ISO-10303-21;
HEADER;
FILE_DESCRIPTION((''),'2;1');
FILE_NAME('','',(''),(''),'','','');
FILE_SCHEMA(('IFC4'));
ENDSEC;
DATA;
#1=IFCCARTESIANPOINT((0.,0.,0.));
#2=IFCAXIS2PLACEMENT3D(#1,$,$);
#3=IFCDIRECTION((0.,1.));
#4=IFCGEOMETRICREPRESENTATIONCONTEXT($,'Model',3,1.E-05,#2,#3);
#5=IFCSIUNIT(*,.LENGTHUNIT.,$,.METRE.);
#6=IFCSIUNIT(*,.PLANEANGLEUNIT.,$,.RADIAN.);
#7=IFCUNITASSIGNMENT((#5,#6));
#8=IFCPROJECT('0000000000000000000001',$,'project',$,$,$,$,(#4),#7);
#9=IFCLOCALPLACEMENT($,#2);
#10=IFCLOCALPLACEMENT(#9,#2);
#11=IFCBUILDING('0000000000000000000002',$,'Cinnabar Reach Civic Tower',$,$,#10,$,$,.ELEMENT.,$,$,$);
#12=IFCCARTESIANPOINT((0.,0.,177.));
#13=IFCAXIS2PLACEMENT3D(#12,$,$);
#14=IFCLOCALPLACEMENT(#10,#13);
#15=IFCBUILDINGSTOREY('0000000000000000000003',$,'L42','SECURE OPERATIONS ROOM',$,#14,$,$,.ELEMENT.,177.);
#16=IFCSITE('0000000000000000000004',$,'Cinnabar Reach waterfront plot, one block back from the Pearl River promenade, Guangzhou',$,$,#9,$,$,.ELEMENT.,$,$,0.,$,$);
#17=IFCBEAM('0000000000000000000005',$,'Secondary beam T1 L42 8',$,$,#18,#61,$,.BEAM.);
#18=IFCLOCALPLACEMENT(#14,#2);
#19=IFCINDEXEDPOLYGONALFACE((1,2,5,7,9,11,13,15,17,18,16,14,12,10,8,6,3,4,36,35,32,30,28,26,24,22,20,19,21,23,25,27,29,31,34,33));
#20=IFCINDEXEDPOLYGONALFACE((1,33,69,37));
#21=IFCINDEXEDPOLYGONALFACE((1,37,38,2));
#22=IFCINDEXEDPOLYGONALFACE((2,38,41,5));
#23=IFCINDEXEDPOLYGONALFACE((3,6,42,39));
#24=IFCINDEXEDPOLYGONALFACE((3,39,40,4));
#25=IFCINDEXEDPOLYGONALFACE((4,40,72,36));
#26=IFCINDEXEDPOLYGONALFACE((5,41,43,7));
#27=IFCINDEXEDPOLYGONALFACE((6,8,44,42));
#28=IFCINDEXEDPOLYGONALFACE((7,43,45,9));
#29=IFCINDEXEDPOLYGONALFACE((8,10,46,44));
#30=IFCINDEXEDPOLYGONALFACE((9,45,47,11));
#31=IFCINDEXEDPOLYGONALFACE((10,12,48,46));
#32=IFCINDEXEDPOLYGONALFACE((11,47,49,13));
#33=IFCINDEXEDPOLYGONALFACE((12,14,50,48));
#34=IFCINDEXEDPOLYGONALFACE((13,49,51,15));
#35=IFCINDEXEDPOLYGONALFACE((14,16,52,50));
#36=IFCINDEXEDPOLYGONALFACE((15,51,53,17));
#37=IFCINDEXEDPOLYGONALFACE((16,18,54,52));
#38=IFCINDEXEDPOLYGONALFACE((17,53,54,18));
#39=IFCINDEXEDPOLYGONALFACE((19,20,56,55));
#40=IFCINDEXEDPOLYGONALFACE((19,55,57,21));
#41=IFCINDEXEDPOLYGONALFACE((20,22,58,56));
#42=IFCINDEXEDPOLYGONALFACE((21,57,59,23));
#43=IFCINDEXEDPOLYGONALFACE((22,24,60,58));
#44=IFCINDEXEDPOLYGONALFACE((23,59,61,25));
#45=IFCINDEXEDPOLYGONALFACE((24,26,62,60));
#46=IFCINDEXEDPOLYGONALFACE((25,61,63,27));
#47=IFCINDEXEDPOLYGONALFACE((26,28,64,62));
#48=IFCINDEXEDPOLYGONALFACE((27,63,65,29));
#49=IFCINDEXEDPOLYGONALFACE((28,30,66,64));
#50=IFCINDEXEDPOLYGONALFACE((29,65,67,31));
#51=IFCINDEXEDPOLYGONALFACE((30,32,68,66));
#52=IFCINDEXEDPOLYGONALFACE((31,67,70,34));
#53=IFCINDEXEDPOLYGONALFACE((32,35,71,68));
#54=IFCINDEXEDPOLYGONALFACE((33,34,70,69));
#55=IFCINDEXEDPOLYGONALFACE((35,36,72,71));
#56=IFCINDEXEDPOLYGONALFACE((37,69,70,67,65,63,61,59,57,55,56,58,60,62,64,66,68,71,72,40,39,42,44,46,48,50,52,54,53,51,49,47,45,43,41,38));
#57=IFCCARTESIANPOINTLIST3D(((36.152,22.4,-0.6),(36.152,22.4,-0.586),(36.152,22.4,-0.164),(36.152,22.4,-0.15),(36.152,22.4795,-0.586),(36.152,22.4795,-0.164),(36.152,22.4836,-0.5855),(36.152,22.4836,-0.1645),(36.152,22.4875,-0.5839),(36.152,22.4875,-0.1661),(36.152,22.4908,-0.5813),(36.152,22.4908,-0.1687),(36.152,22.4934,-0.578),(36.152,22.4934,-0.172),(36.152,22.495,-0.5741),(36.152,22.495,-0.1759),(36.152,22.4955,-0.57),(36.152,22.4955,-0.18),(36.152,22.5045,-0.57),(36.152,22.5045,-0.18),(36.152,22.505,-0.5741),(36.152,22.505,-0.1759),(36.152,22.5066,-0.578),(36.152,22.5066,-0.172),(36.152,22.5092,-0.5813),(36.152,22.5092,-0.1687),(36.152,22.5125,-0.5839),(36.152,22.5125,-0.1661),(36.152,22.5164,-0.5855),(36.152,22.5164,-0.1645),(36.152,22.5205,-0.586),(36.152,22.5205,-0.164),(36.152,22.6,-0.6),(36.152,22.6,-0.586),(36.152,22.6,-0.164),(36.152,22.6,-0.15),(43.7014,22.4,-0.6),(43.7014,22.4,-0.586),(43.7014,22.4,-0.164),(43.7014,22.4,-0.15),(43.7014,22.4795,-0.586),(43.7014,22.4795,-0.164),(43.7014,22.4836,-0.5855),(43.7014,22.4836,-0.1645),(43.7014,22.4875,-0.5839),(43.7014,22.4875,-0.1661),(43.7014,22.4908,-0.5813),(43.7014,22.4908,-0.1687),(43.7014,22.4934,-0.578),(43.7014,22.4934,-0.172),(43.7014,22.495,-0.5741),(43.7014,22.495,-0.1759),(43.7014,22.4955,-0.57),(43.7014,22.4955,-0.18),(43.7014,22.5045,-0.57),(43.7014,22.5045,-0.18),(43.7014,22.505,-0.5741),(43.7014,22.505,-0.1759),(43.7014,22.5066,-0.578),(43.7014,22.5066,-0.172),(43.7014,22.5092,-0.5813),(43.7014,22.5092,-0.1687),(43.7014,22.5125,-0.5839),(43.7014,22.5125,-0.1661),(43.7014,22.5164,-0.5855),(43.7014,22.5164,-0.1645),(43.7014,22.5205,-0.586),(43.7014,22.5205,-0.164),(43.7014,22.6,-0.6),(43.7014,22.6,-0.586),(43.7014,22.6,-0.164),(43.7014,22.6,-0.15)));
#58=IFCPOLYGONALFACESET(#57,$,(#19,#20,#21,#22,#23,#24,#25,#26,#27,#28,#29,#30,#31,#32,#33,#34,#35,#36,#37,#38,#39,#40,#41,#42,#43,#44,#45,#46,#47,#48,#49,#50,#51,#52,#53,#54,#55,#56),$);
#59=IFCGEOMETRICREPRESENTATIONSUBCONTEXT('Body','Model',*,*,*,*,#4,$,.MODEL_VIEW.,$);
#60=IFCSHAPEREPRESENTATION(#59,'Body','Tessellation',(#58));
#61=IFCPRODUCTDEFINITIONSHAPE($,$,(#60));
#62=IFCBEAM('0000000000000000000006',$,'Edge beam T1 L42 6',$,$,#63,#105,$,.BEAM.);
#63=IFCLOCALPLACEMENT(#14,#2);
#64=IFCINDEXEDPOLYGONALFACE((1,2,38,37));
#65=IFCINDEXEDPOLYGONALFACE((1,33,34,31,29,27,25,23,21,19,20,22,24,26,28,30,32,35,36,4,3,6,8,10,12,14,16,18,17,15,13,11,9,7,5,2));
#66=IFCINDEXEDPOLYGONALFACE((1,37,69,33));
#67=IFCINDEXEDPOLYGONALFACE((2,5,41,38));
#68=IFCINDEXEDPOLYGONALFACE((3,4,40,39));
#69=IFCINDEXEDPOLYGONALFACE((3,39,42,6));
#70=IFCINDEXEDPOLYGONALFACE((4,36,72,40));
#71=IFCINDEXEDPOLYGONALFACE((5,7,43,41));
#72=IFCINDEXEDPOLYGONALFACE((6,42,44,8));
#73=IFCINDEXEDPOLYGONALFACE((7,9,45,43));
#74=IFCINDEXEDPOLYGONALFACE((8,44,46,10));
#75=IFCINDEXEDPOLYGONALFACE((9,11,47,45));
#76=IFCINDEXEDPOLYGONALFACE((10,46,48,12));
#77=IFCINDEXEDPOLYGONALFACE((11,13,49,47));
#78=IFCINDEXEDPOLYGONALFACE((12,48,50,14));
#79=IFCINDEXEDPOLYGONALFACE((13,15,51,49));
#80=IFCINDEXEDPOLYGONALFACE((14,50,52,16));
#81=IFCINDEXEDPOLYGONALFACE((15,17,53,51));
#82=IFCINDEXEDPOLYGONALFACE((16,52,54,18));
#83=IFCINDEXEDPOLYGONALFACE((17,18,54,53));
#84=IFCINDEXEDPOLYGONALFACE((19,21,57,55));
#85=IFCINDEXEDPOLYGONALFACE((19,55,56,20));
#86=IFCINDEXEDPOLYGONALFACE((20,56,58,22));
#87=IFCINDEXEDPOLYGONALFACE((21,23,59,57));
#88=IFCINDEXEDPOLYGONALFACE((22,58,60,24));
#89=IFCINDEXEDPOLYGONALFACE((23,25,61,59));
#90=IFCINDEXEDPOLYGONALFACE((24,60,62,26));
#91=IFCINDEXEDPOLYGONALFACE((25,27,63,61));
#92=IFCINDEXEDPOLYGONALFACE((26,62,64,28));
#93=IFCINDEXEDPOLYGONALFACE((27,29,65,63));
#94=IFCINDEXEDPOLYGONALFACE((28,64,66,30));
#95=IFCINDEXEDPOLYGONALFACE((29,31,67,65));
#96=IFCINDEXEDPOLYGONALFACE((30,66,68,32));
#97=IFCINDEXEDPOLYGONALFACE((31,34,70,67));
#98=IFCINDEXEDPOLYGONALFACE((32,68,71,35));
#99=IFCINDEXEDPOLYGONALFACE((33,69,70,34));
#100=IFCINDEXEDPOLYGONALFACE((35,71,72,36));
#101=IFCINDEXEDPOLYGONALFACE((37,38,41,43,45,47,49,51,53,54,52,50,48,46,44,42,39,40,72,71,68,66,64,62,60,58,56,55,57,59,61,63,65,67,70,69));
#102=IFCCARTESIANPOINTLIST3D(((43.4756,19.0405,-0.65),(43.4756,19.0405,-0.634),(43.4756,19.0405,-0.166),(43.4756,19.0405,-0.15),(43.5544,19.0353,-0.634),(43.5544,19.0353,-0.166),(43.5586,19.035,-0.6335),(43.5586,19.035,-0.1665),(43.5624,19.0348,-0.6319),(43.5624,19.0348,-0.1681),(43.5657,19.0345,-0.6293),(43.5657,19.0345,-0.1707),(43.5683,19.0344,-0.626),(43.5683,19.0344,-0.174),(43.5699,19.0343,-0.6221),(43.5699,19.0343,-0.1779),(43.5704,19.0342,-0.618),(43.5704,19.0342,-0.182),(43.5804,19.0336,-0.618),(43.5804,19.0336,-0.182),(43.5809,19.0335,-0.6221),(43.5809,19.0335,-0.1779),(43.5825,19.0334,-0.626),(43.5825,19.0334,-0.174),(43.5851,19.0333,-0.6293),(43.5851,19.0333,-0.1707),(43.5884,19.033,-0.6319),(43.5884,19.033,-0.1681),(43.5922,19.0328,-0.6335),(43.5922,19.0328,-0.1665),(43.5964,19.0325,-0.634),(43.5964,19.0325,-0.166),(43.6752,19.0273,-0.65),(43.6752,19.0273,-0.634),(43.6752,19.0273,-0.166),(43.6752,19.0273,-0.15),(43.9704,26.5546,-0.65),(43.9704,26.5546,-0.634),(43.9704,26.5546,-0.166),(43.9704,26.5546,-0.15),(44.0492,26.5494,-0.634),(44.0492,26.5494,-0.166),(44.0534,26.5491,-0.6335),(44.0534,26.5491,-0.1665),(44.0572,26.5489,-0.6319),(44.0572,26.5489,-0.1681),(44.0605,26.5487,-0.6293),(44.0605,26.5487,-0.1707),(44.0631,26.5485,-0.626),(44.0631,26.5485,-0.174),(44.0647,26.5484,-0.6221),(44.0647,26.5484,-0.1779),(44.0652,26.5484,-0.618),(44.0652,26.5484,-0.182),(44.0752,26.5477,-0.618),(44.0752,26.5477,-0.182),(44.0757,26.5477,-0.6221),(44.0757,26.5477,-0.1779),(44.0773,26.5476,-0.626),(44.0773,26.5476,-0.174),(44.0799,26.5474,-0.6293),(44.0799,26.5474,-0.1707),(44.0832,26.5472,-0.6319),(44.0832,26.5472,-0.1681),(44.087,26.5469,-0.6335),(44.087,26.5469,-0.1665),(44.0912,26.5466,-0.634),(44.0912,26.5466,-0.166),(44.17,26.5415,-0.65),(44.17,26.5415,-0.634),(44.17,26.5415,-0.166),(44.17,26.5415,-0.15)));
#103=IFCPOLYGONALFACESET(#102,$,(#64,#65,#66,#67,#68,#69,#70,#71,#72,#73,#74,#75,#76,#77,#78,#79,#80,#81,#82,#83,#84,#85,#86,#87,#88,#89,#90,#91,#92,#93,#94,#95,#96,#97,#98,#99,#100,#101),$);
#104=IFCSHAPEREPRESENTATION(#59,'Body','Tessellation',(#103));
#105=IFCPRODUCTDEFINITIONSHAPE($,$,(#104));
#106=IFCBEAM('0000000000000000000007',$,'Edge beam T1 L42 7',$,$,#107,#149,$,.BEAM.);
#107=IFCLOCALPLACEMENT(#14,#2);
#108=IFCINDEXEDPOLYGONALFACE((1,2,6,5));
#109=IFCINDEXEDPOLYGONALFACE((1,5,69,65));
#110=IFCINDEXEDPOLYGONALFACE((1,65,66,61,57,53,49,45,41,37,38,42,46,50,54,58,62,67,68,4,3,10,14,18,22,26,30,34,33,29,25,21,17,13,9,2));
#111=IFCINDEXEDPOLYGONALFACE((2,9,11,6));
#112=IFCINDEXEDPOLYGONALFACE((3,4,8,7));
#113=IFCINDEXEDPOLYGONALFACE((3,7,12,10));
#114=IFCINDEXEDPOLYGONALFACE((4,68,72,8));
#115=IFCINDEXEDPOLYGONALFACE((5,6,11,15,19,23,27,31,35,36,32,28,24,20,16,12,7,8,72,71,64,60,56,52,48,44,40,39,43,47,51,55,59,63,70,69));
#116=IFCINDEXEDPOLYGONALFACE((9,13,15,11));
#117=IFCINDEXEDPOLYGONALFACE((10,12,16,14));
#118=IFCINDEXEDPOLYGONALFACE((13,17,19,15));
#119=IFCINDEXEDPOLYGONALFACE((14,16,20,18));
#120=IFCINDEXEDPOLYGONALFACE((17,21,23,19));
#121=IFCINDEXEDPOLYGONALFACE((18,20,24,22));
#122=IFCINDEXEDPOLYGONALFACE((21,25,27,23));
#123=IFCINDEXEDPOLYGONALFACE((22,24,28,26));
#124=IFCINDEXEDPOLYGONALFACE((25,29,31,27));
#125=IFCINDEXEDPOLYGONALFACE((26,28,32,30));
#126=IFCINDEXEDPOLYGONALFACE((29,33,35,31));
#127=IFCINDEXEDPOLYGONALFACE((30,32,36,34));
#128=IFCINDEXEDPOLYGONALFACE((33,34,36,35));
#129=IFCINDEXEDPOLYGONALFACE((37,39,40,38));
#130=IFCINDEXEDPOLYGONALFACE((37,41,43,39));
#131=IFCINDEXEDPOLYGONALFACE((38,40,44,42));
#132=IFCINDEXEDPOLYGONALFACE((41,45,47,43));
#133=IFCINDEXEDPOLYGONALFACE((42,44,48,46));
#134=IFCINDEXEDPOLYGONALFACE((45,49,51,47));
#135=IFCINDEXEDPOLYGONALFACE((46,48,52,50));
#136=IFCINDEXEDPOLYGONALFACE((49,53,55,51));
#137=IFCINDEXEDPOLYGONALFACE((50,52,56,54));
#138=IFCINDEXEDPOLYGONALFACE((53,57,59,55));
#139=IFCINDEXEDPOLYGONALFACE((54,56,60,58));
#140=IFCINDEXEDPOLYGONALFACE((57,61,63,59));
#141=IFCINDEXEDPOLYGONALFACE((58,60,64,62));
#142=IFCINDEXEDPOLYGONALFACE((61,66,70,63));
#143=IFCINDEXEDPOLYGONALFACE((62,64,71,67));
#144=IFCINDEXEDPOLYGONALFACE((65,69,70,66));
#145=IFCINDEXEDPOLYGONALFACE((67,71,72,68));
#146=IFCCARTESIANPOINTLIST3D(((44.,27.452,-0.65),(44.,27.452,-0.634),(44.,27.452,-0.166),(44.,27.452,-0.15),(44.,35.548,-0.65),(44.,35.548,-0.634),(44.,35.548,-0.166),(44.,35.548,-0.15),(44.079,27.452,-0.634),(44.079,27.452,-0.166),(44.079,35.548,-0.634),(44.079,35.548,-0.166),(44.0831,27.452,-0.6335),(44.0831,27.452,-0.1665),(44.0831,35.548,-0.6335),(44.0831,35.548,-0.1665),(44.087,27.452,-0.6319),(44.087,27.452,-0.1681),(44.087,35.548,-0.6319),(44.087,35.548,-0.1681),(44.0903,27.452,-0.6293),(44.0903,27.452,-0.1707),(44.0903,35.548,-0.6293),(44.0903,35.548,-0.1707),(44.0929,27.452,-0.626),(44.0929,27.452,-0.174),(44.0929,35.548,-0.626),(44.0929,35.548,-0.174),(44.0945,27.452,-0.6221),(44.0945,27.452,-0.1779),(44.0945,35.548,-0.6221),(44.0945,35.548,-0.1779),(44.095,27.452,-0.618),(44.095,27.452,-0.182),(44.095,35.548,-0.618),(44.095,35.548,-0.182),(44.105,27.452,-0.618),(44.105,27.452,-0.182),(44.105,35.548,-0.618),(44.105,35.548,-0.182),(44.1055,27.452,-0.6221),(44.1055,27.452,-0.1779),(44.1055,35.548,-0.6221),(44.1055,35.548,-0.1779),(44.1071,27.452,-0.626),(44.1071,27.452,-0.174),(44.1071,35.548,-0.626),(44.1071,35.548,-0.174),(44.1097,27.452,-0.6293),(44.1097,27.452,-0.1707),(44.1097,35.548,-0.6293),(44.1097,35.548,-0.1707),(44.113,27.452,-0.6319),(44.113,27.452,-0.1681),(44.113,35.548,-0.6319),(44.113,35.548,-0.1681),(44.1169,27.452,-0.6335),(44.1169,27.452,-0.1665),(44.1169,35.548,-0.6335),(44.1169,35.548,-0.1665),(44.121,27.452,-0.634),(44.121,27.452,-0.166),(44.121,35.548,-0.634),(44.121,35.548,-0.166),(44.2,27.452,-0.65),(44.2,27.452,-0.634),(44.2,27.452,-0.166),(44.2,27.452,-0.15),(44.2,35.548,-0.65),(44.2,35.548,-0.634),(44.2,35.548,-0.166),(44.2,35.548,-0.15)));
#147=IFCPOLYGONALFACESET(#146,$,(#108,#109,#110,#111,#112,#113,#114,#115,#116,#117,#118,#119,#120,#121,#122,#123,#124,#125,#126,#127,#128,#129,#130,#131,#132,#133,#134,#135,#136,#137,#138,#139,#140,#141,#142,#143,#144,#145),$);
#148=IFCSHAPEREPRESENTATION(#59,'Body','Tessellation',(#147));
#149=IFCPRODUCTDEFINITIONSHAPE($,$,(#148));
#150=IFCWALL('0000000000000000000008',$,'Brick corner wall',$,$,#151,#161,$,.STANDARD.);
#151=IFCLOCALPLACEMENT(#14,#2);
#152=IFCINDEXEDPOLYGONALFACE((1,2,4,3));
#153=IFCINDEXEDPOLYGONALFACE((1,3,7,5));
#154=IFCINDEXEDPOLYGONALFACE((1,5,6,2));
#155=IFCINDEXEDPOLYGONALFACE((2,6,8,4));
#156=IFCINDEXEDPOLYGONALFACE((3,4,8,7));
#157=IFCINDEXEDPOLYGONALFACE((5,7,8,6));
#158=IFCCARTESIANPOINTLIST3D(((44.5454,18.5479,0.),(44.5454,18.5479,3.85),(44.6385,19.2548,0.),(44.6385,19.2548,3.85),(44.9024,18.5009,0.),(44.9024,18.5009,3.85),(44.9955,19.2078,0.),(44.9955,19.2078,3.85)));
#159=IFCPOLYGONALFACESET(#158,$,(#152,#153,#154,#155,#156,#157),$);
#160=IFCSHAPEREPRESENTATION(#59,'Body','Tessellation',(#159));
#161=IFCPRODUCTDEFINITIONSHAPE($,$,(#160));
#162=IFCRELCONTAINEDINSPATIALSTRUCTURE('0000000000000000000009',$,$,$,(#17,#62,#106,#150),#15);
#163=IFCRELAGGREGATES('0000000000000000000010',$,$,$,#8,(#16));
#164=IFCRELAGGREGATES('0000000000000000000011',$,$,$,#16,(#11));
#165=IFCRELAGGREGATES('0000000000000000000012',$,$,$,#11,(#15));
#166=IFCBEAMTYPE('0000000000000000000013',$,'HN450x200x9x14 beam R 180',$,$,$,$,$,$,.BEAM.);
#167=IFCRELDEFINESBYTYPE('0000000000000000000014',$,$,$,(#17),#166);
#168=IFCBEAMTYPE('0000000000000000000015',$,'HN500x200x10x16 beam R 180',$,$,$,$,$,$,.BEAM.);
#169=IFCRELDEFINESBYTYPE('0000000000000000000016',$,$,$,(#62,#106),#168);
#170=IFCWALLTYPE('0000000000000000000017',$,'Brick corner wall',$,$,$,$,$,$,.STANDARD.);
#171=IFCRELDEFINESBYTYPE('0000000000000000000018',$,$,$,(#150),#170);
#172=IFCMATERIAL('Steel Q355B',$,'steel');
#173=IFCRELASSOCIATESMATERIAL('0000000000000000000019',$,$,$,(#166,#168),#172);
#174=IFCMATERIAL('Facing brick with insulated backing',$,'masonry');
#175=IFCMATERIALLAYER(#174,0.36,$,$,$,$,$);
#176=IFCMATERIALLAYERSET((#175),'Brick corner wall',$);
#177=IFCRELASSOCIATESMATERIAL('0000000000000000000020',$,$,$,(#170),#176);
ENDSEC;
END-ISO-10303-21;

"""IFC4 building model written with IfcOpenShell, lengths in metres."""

from ifc_helpers import new_model, si_unit, direction, frame, frame_2d, origin, origin_2d, place, context, subcontext, project, spatial, rectangle, i_section, extrude, material, layer, layer_set, material_profile, profile_set, type_object, element, save


model = new_model("IFC4")

# Units and contexts
model_context = context("Model", 3, precision=1e-05, world=origin(), true_north=direction((0.0, 1.0)))
body_context = subcontext(model_context, "Body", "Model", "MODEL_VIEW")
ifc_project = project(units=[si_unit("LENGTHUNIT", "METRE"), si_unit("PLANEANGLEUNIT", "RADIAN")], contexts=[model_context])

# Site, building, storey
site_placement = place(None, origin())
site = spatial("IfcSite", under=ifc_project, at=site_placement, Name="Cinnabar Reach waterfront plot, one block back from the Pearl River promenade, Guangzhou", CompositionType="ELEMENT", RefElevation=0.0)
building_placement = place(site_placement, origin())
building = spatial("IfcBuilding", under=site, at=building_placement, Name="Cinnabar Reach Civic Tower", CompositionType="ELEMENT")
storey_placement = place(building_placement, frame((0.0, 0.0, 177.0)))
storey = spatial("IfcBuildingStorey", under=building, at=storey_placement, Name="L42", Description="SECURE OPERATIONS ROOM", CompositionType="ELEMENT", Elevation=177.0)

# Beams
ifc_material_1 = material(Name="Steel Q355B", Category="steel")
ifc_material_profile_1 = material_profile(ifc_material_1, i_section(OverallWidth=0.2, OverallDepth=0.45, WebThickness=0.009, FlangeThickness=0.014, FilletRadius=0.016, at=origin_2d()), Name="HN450x200x9x14")
ifc_profile_set_1 = profile_set([ifc_material_profile_1], Name="Steel Q355B")
beam_type_1 = type_object("IfcBeamType", Name="HN450x200x9x14 beam R 180", PredefinedType="BEAM", material=ifc_profile_set_1)
beam_1_placement = place(storey_placement, frame((36.152, 22.5, -0.375), z_axis=(1.0, 0.0, 0.0), x_axis=(0.0, 1.0, 0.0)))
element("IfcBeam", 1, at=beam_1_placement, inside=storey, type_object=beam_type_1, Name="Secondary beam T1 L42 8", PredefinedType="BEAM", context=body_context, shape_type="SweptSolid", body=[
    extrude(i_section(OverallWidth=0.2, OverallDepth=0.45, WebThickness=0.009, FlangeThickness=0.014, FilletRadius=0.016, at=origin_2d()), origin(), (0.0, 0.0, 1.0), 7.5494),
])
ifc_material_profile_2 = material_profile(ifc_material_1, i_section(OverallWidth=0.2, OverallDepth=0.5, WebThickness=0.01, FlangeThickness=0.016, FilletRadius=0.016, at=origin_2d()), Name="HN500x200x10x16")
ifc_profile_set_2 = profile_set([ifc_material_profile_2], Name="Steel Q355B")
beam_type_2 = type_object("IfcBeamType", Name="HN500x200x10x16 beam R 180", PredefinedType="BEAM", material=ifc_profile_set_2)
beam_2_placement = place(storey_placement, frame((43.5754, 19.0339, -0.4), z_axis=(0.065707, 0.997839, 0.0), x_axis=(-0.997839, 0.065707, 0.0)))
element("IfcBeam", 2, at=beam_2_placement, inside=storey, type_object=beam_type_2, Name="Edge beam T1 L42 6", PredefinedType="BEAM", context=body_context, shape_type="SweptSolid", body=[
    extrude(i_section(OverallWidth=0.2, OverallDepth=0.5, WebThickness=0.01, FlangeThickness=0.016, FilletRadius=0.016, at=origin_2d()), origin(), (0.0, 0.0, 1.0), 7.5304),
])
beam_3_placement = place(storey_placement, frame((44.1, 27.452, -0.4), z_axis=(0.0, 1.0, 0.0), x_axis=(-1.0, 0.0, 0.0)))
element("IfcBeam", 3, at=beam_3_placement, inside=storey, type_object=beam_type_2, Name="Edge beam T1 L42 7", PredefinedType="BEAM", context=body_context, shape_type="SweptSolid", body=[
    extrude(i_section(OverallWidth=0.2, OverallDepth=0.5, WebThickness=0.01, FlangeThickness=0.016, FilletRadius=0.016, at=origin_2d()), origin(), (0.0, 0.0, 1.0), 8.096),
])

# Wall
ifc_material_2 = material(Name="Facing brick with insulated backing", Category="masonry")
ifc_layer_1 = layer(ifc_material_2, 0.36)
ifc_layer_set_1 = layer_set([ifc_layer_1], Name="Brick corner wall")
wall_type_1 = type_object("IfcWallType", Name="Brick corner wall", PredefinedType="STANDARD", material=ifc_layer_set_1)
wall_1_placement = place(storey_placement, frame((44.7239, 18.5244, 0.0), z_axis=(0.0, 0.0, 1.0), x_axis=(0.130556, 0.991441, 0.0)))
element("IfcWall", 4, at=wall_1_placement, inside=storey, type_object=wall_type_1, Name="Brick corner wall", PredefinedType="STANDARD", context=body_context, shape_type="SweptSolid", body=[
    extrude(rectangle(XDim=0.7131, YDim=0.36, at=frame_2d((0.3565, 0.0))), origin(), (0.0, 0.0, 1.0), 3.85),
])

save(model, "model.ifc")
